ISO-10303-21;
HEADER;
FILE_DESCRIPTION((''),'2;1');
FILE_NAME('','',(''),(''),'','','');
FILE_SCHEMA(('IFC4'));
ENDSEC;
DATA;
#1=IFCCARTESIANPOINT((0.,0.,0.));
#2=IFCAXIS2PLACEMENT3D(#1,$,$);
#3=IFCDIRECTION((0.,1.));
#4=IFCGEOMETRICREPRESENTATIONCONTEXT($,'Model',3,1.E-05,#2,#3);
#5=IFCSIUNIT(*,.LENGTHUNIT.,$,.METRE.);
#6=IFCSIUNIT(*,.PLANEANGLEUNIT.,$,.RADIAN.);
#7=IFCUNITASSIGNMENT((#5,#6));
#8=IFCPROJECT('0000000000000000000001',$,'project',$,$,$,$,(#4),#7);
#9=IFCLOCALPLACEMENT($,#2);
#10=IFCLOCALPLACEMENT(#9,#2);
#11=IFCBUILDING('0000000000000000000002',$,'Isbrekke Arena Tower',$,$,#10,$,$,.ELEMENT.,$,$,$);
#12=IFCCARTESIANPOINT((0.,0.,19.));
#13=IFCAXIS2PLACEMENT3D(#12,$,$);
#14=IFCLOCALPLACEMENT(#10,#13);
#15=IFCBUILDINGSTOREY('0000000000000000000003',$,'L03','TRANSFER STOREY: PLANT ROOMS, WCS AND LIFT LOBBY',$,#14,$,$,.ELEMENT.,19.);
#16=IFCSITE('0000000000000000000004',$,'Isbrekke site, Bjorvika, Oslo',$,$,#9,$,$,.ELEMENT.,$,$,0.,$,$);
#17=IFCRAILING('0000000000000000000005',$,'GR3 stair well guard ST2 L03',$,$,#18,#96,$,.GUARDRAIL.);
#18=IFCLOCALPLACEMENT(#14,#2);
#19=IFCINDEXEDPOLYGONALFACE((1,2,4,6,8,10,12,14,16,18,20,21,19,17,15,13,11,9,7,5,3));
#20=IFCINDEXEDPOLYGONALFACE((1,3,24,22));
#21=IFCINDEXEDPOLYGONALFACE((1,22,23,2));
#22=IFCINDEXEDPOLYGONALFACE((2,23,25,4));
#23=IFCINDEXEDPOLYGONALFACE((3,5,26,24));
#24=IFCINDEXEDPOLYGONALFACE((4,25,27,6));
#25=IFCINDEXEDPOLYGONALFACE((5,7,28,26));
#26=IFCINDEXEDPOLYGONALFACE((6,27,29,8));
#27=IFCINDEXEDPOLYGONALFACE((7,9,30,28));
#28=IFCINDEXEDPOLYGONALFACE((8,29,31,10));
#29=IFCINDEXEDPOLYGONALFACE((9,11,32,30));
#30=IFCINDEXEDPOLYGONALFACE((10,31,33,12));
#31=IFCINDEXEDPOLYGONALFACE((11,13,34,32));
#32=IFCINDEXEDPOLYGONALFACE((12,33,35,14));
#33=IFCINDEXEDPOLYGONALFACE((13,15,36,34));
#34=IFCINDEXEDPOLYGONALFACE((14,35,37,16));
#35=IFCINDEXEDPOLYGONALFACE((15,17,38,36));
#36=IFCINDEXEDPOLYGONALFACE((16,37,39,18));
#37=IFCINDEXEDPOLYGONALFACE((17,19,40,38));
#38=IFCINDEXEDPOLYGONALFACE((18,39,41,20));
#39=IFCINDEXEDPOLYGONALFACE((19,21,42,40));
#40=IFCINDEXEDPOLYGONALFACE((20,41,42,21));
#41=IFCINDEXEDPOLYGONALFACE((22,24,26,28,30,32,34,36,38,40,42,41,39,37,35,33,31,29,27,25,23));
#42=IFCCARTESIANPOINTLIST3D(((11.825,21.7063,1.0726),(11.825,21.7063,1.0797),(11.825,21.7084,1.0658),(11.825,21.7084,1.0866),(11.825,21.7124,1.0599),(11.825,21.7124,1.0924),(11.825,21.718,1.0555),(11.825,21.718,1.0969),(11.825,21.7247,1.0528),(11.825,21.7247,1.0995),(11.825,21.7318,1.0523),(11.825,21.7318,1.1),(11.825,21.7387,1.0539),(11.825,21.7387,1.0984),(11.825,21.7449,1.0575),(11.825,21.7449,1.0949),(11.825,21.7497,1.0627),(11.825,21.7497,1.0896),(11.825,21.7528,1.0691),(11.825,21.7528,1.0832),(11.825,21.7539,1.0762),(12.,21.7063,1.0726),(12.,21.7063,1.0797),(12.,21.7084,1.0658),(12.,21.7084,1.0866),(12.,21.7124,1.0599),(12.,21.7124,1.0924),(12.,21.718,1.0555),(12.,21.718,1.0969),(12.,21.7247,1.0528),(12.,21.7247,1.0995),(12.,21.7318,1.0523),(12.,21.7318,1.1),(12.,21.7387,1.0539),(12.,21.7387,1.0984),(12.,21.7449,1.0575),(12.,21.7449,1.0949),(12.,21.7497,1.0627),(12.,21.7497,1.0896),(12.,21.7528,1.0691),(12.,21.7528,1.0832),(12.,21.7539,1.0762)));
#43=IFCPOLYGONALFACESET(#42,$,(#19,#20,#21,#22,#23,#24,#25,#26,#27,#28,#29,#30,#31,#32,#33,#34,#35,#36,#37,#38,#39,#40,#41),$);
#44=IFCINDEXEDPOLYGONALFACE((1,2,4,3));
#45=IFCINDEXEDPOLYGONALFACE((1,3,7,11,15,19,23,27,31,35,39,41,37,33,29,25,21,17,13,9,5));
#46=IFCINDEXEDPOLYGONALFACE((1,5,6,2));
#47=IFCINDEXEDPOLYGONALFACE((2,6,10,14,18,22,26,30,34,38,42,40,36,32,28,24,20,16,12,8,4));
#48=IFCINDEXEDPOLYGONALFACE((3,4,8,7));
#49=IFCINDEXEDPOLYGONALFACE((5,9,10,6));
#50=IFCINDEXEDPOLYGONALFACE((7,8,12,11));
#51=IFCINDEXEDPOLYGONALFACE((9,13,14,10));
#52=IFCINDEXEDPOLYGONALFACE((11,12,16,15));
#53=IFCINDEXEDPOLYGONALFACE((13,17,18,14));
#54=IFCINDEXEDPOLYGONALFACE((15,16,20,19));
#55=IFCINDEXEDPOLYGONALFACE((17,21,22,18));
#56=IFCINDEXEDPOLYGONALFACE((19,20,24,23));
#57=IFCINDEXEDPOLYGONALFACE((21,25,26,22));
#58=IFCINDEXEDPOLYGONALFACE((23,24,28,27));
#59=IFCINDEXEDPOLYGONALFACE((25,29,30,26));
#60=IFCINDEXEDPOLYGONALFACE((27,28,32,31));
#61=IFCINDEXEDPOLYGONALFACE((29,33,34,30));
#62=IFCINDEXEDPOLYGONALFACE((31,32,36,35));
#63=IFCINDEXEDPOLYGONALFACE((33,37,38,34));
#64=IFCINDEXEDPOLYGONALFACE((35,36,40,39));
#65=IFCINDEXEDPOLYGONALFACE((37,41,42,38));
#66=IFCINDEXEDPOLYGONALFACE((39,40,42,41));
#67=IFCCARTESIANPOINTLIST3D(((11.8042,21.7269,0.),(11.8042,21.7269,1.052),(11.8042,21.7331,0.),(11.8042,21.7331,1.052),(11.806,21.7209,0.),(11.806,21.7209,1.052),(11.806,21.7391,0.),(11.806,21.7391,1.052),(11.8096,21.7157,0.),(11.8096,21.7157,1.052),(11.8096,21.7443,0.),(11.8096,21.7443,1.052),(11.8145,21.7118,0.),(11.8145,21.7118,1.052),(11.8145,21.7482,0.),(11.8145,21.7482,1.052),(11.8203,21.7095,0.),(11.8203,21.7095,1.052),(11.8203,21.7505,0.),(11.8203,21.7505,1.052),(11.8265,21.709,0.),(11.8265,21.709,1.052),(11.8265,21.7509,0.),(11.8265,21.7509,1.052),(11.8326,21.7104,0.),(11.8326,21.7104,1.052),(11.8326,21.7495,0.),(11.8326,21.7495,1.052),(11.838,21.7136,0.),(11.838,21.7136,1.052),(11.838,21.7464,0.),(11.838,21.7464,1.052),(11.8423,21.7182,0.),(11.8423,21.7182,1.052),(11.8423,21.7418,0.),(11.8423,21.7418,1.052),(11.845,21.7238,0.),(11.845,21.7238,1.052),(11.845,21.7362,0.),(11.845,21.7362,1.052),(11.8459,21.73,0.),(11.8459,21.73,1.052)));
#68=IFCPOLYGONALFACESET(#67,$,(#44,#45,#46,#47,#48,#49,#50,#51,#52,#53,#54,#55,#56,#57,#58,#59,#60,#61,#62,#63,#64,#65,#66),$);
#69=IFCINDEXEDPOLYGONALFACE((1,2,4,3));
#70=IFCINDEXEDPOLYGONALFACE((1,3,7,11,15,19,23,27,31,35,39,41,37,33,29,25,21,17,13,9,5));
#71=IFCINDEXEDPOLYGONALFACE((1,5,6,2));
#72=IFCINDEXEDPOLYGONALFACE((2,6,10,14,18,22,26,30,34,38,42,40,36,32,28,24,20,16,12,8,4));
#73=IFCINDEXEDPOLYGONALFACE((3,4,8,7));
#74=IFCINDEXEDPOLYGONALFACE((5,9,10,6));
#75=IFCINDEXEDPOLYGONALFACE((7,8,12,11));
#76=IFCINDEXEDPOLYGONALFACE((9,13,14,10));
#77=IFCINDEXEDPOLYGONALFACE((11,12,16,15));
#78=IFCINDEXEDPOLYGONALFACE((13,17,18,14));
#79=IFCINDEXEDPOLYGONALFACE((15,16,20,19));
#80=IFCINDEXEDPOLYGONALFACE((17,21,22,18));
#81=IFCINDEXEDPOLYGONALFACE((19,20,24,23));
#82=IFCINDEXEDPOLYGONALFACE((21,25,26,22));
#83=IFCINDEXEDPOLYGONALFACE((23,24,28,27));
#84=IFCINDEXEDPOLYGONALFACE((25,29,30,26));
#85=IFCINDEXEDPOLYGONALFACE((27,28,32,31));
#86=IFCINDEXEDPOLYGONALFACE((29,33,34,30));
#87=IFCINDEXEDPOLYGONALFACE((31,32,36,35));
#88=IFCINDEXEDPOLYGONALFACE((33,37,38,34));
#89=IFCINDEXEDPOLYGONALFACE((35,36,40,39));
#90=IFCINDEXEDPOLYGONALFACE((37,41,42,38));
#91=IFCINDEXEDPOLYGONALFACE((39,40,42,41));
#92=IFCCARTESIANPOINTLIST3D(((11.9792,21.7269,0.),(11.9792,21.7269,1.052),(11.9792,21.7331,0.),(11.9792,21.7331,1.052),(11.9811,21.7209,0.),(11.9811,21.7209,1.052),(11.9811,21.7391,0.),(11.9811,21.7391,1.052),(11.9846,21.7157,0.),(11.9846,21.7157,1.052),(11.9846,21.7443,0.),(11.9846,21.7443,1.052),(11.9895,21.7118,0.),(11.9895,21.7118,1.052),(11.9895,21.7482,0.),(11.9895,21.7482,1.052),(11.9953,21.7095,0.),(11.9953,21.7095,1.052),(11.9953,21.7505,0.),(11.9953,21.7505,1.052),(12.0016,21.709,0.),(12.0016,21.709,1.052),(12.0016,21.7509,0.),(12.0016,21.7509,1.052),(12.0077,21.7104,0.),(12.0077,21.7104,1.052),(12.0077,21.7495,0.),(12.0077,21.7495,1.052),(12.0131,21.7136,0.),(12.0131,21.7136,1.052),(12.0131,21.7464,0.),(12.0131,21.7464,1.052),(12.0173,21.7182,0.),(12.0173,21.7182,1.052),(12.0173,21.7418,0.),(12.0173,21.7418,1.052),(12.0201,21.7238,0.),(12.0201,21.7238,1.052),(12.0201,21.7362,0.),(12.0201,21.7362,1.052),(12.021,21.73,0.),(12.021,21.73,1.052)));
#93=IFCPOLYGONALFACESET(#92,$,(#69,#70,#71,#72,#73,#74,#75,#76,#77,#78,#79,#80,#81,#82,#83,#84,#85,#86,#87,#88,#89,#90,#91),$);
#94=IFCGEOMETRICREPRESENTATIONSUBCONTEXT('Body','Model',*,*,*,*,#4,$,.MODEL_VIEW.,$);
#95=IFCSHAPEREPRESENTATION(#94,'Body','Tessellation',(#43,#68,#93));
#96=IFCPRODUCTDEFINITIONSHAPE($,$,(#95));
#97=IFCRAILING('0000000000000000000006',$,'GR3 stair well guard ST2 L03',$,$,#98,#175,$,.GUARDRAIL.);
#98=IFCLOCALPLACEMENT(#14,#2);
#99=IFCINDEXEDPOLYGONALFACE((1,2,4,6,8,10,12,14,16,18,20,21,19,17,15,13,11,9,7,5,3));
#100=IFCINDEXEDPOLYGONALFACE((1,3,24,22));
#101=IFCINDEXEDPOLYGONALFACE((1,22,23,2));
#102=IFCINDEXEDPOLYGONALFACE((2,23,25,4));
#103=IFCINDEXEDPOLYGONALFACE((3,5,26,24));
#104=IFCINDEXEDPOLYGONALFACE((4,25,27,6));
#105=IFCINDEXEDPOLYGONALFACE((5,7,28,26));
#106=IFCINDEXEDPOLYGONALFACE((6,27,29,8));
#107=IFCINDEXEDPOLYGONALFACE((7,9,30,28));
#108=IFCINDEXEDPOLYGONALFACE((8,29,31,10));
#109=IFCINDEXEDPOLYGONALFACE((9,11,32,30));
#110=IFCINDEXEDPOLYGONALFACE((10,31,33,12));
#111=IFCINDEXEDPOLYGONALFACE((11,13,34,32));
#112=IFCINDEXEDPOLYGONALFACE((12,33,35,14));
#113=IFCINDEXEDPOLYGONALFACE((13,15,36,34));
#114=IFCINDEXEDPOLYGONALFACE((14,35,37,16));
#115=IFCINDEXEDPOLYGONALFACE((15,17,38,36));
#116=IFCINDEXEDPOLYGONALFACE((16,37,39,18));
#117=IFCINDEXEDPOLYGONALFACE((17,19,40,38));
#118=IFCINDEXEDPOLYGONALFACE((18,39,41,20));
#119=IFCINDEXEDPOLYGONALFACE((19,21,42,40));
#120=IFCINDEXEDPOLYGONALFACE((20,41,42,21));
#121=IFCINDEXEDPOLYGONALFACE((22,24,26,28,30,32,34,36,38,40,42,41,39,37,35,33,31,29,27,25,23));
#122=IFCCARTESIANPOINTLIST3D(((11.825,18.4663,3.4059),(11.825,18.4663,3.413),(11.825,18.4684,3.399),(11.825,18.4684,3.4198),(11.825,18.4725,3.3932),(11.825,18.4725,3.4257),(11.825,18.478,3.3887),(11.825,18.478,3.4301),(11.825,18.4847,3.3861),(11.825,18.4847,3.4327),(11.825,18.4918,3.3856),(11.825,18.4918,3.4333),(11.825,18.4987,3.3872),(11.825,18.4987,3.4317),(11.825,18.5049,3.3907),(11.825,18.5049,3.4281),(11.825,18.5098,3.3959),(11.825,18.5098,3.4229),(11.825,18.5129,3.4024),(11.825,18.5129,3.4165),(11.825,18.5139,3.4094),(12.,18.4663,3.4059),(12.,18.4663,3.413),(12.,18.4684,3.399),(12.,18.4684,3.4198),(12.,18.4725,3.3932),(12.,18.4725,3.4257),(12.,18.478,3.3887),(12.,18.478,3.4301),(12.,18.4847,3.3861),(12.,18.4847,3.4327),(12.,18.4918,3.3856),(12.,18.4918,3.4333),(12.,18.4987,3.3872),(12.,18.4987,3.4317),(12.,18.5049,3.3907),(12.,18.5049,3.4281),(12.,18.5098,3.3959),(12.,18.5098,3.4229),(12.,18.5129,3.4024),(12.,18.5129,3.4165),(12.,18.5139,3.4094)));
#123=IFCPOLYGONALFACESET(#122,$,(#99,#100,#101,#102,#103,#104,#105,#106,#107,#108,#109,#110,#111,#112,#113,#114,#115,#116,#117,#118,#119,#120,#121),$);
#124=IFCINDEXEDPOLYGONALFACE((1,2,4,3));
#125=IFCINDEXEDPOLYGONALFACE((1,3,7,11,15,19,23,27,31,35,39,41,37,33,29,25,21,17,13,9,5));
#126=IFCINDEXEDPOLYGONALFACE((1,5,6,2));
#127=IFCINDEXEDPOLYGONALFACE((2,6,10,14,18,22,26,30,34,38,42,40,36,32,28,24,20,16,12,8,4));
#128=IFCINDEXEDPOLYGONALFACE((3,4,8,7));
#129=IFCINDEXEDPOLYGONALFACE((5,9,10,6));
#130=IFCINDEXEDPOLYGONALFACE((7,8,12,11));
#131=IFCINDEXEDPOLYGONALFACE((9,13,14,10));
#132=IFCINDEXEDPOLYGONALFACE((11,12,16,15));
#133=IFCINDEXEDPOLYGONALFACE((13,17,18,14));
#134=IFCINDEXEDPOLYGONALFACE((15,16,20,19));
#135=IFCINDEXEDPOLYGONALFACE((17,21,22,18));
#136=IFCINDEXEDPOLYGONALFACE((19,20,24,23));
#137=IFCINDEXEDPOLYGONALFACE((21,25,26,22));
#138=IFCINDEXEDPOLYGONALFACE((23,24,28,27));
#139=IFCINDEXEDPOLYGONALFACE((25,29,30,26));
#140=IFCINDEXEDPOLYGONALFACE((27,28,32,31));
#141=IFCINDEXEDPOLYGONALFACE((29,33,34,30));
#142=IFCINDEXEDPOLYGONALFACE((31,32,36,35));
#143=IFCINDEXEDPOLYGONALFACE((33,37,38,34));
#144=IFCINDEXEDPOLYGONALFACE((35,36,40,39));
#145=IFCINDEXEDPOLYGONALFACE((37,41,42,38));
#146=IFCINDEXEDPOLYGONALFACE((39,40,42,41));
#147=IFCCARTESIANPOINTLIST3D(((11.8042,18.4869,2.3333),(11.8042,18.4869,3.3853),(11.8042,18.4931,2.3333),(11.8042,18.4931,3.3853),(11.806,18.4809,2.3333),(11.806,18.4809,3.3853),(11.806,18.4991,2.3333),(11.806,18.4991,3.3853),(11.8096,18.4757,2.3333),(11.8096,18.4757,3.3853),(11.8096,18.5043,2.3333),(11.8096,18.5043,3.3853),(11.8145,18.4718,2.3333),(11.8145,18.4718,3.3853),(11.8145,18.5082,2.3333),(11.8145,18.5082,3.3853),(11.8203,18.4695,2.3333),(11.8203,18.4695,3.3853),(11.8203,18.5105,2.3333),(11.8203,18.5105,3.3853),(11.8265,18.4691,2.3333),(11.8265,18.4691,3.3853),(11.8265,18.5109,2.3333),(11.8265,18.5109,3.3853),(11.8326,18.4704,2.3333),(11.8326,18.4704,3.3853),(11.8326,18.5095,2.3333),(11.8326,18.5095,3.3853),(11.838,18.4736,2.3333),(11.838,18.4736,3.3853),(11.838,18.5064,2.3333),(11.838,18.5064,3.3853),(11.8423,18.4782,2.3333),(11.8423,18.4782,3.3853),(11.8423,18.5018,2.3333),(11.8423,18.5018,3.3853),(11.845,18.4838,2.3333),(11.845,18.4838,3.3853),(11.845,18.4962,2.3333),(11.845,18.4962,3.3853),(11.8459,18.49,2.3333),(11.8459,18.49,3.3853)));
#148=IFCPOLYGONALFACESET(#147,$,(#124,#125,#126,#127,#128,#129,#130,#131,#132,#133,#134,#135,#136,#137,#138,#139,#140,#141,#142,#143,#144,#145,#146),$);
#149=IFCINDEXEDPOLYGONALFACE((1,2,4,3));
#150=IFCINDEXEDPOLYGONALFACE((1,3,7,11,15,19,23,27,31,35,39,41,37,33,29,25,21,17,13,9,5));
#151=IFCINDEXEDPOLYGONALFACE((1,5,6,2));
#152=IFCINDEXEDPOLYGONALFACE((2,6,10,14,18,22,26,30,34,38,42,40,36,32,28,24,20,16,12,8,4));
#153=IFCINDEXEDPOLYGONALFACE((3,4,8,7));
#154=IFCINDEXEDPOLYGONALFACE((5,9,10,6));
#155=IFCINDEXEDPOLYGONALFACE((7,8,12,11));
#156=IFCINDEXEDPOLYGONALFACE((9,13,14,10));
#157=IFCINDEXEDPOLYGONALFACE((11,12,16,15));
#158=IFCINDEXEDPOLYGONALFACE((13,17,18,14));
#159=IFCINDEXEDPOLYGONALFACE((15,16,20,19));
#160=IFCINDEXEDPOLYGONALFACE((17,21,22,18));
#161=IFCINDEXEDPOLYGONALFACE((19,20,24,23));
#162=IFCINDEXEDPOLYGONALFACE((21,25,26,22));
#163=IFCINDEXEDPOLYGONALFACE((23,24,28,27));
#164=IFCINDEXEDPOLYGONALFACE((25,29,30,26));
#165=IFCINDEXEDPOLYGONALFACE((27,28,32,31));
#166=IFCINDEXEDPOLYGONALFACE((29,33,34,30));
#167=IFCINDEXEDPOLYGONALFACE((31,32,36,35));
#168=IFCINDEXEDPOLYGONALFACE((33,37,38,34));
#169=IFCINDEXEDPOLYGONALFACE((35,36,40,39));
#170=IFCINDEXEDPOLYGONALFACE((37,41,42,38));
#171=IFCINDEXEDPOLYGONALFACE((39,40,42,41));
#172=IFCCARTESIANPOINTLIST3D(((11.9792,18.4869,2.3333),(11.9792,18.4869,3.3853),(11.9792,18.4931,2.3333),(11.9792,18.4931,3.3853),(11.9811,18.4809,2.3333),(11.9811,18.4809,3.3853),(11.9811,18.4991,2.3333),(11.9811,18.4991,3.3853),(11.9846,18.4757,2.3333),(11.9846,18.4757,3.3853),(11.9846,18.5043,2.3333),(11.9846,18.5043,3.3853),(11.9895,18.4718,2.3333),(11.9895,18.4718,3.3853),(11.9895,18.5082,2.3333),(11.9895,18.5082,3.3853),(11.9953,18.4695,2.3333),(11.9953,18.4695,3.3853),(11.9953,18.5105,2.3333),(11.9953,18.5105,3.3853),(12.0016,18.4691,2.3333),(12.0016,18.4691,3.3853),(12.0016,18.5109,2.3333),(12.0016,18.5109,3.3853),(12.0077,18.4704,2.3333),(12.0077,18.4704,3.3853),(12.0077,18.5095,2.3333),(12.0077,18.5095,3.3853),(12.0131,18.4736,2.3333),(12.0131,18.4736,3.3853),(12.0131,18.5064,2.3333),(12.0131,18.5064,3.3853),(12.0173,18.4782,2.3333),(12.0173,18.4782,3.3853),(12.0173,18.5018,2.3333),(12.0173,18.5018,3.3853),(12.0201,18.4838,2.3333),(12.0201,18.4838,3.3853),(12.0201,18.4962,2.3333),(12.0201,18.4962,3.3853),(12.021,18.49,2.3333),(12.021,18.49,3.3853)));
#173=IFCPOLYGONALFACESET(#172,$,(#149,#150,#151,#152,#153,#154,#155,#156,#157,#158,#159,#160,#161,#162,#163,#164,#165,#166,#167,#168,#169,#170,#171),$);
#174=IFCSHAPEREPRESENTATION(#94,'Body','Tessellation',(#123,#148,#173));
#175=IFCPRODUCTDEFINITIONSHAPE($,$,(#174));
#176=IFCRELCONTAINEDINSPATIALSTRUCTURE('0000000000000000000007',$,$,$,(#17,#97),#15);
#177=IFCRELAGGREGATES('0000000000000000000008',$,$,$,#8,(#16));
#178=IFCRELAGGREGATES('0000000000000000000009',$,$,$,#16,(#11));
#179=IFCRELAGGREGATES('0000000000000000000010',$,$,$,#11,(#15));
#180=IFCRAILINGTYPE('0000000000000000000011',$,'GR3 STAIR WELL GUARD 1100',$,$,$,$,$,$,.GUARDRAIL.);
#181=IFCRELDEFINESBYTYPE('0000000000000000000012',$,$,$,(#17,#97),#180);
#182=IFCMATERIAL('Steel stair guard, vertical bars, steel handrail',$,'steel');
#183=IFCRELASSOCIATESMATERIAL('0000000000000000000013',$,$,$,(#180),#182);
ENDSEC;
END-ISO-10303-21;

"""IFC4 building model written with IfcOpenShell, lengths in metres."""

from ifc_helpers import new_model, si_unit, direction, frame, origin, origin_2d, place, context, subcontext, project, spatial, circle, extrude, material, type_object, element, save


model = new_model("IFC4")

# Units and contexts
model_context = context("Model", 3, precision=1e-05, world=origin(), true_north=direction((0.0, 1.0)))
body_context = subcontext(model_context, "Body", "Model", "MODEL_VIEW")
ifc_project = project(units=[si_unit("LENGTHUNIT", "METRE"), si_unit("PLANEANGLEUNIT", "RADIAN")], contexts=[model_context])

# Site, building, storey
site_placement = place(None, origin())
site = spatial("IfcSite", under=ifc_project, at=site_placement, Name="Isbrekke site, Bjorvika, Oslo", CompositionType="ELEMENT", RefElevation=0.0)
building_placement = place(site_placement, origin())
building = spatial("IfcBuilding", under=site, at=building_placement, Name="Isbrekke Arena Tower", CompositionType="ELEMENT")
storey_placement = place(building_placement, frame((0.0, 0.0, 19.0)))
storey = spatial("IfcBuildingStorey", under=building, at=storey_placement, Name="L03", Description="TRANSFER STOREY: PLANT ROOMS, WCS AND LIFT LOBBY", CompositionType="ELEMENT", Elevation=19.0)

# Railings
ifc_material_1 = material(Name="Steel stair guard, vertical bars, steel handrail", Category="steel")
railing_type = type_object("IfcRailingType", Name="GR3 STAIR WELL GUARD 1100", PredefinedType="GUARDRAIL", material=ifc_material_1)
for number, where, name in (
    (1, (11.825, 21.73, 0.0), "GR3 stair well guard ST2 L03"),
    (2, (11.825, 18.49, 2.3333), "GR3 stair well guard ST2 L03"),
):
    element("IfcRailing", number, at=place(storey_placement, frame(where)), inside=storey, type_object=railing_type, Name=name, PredefinedType="GUARDRAIL", context=body_context, shape_type="SweptSolid", body=[
        extrude(circle(Radius=0.0239, at=origin_2d()), frame((0.0, 0.0, 1.0762), z_axis=(1.0, 0.0, 0.0), x_axis=(0.0, 1.0, 0.0)), (0.0, 0.0, 1.0), 0.175),
        extrude(circle(Radius=0.021, at=origin_2d()), origin(), (0.0, 0.0, 1.0), 1.052),
        extrude(circle(Radius=0.021, at=origin_2d()), frame((0.175, 0.0, 0.0)), (0.0, 0.0, 1.0), 1.052),
    ])

save(model, "model.ifc")
